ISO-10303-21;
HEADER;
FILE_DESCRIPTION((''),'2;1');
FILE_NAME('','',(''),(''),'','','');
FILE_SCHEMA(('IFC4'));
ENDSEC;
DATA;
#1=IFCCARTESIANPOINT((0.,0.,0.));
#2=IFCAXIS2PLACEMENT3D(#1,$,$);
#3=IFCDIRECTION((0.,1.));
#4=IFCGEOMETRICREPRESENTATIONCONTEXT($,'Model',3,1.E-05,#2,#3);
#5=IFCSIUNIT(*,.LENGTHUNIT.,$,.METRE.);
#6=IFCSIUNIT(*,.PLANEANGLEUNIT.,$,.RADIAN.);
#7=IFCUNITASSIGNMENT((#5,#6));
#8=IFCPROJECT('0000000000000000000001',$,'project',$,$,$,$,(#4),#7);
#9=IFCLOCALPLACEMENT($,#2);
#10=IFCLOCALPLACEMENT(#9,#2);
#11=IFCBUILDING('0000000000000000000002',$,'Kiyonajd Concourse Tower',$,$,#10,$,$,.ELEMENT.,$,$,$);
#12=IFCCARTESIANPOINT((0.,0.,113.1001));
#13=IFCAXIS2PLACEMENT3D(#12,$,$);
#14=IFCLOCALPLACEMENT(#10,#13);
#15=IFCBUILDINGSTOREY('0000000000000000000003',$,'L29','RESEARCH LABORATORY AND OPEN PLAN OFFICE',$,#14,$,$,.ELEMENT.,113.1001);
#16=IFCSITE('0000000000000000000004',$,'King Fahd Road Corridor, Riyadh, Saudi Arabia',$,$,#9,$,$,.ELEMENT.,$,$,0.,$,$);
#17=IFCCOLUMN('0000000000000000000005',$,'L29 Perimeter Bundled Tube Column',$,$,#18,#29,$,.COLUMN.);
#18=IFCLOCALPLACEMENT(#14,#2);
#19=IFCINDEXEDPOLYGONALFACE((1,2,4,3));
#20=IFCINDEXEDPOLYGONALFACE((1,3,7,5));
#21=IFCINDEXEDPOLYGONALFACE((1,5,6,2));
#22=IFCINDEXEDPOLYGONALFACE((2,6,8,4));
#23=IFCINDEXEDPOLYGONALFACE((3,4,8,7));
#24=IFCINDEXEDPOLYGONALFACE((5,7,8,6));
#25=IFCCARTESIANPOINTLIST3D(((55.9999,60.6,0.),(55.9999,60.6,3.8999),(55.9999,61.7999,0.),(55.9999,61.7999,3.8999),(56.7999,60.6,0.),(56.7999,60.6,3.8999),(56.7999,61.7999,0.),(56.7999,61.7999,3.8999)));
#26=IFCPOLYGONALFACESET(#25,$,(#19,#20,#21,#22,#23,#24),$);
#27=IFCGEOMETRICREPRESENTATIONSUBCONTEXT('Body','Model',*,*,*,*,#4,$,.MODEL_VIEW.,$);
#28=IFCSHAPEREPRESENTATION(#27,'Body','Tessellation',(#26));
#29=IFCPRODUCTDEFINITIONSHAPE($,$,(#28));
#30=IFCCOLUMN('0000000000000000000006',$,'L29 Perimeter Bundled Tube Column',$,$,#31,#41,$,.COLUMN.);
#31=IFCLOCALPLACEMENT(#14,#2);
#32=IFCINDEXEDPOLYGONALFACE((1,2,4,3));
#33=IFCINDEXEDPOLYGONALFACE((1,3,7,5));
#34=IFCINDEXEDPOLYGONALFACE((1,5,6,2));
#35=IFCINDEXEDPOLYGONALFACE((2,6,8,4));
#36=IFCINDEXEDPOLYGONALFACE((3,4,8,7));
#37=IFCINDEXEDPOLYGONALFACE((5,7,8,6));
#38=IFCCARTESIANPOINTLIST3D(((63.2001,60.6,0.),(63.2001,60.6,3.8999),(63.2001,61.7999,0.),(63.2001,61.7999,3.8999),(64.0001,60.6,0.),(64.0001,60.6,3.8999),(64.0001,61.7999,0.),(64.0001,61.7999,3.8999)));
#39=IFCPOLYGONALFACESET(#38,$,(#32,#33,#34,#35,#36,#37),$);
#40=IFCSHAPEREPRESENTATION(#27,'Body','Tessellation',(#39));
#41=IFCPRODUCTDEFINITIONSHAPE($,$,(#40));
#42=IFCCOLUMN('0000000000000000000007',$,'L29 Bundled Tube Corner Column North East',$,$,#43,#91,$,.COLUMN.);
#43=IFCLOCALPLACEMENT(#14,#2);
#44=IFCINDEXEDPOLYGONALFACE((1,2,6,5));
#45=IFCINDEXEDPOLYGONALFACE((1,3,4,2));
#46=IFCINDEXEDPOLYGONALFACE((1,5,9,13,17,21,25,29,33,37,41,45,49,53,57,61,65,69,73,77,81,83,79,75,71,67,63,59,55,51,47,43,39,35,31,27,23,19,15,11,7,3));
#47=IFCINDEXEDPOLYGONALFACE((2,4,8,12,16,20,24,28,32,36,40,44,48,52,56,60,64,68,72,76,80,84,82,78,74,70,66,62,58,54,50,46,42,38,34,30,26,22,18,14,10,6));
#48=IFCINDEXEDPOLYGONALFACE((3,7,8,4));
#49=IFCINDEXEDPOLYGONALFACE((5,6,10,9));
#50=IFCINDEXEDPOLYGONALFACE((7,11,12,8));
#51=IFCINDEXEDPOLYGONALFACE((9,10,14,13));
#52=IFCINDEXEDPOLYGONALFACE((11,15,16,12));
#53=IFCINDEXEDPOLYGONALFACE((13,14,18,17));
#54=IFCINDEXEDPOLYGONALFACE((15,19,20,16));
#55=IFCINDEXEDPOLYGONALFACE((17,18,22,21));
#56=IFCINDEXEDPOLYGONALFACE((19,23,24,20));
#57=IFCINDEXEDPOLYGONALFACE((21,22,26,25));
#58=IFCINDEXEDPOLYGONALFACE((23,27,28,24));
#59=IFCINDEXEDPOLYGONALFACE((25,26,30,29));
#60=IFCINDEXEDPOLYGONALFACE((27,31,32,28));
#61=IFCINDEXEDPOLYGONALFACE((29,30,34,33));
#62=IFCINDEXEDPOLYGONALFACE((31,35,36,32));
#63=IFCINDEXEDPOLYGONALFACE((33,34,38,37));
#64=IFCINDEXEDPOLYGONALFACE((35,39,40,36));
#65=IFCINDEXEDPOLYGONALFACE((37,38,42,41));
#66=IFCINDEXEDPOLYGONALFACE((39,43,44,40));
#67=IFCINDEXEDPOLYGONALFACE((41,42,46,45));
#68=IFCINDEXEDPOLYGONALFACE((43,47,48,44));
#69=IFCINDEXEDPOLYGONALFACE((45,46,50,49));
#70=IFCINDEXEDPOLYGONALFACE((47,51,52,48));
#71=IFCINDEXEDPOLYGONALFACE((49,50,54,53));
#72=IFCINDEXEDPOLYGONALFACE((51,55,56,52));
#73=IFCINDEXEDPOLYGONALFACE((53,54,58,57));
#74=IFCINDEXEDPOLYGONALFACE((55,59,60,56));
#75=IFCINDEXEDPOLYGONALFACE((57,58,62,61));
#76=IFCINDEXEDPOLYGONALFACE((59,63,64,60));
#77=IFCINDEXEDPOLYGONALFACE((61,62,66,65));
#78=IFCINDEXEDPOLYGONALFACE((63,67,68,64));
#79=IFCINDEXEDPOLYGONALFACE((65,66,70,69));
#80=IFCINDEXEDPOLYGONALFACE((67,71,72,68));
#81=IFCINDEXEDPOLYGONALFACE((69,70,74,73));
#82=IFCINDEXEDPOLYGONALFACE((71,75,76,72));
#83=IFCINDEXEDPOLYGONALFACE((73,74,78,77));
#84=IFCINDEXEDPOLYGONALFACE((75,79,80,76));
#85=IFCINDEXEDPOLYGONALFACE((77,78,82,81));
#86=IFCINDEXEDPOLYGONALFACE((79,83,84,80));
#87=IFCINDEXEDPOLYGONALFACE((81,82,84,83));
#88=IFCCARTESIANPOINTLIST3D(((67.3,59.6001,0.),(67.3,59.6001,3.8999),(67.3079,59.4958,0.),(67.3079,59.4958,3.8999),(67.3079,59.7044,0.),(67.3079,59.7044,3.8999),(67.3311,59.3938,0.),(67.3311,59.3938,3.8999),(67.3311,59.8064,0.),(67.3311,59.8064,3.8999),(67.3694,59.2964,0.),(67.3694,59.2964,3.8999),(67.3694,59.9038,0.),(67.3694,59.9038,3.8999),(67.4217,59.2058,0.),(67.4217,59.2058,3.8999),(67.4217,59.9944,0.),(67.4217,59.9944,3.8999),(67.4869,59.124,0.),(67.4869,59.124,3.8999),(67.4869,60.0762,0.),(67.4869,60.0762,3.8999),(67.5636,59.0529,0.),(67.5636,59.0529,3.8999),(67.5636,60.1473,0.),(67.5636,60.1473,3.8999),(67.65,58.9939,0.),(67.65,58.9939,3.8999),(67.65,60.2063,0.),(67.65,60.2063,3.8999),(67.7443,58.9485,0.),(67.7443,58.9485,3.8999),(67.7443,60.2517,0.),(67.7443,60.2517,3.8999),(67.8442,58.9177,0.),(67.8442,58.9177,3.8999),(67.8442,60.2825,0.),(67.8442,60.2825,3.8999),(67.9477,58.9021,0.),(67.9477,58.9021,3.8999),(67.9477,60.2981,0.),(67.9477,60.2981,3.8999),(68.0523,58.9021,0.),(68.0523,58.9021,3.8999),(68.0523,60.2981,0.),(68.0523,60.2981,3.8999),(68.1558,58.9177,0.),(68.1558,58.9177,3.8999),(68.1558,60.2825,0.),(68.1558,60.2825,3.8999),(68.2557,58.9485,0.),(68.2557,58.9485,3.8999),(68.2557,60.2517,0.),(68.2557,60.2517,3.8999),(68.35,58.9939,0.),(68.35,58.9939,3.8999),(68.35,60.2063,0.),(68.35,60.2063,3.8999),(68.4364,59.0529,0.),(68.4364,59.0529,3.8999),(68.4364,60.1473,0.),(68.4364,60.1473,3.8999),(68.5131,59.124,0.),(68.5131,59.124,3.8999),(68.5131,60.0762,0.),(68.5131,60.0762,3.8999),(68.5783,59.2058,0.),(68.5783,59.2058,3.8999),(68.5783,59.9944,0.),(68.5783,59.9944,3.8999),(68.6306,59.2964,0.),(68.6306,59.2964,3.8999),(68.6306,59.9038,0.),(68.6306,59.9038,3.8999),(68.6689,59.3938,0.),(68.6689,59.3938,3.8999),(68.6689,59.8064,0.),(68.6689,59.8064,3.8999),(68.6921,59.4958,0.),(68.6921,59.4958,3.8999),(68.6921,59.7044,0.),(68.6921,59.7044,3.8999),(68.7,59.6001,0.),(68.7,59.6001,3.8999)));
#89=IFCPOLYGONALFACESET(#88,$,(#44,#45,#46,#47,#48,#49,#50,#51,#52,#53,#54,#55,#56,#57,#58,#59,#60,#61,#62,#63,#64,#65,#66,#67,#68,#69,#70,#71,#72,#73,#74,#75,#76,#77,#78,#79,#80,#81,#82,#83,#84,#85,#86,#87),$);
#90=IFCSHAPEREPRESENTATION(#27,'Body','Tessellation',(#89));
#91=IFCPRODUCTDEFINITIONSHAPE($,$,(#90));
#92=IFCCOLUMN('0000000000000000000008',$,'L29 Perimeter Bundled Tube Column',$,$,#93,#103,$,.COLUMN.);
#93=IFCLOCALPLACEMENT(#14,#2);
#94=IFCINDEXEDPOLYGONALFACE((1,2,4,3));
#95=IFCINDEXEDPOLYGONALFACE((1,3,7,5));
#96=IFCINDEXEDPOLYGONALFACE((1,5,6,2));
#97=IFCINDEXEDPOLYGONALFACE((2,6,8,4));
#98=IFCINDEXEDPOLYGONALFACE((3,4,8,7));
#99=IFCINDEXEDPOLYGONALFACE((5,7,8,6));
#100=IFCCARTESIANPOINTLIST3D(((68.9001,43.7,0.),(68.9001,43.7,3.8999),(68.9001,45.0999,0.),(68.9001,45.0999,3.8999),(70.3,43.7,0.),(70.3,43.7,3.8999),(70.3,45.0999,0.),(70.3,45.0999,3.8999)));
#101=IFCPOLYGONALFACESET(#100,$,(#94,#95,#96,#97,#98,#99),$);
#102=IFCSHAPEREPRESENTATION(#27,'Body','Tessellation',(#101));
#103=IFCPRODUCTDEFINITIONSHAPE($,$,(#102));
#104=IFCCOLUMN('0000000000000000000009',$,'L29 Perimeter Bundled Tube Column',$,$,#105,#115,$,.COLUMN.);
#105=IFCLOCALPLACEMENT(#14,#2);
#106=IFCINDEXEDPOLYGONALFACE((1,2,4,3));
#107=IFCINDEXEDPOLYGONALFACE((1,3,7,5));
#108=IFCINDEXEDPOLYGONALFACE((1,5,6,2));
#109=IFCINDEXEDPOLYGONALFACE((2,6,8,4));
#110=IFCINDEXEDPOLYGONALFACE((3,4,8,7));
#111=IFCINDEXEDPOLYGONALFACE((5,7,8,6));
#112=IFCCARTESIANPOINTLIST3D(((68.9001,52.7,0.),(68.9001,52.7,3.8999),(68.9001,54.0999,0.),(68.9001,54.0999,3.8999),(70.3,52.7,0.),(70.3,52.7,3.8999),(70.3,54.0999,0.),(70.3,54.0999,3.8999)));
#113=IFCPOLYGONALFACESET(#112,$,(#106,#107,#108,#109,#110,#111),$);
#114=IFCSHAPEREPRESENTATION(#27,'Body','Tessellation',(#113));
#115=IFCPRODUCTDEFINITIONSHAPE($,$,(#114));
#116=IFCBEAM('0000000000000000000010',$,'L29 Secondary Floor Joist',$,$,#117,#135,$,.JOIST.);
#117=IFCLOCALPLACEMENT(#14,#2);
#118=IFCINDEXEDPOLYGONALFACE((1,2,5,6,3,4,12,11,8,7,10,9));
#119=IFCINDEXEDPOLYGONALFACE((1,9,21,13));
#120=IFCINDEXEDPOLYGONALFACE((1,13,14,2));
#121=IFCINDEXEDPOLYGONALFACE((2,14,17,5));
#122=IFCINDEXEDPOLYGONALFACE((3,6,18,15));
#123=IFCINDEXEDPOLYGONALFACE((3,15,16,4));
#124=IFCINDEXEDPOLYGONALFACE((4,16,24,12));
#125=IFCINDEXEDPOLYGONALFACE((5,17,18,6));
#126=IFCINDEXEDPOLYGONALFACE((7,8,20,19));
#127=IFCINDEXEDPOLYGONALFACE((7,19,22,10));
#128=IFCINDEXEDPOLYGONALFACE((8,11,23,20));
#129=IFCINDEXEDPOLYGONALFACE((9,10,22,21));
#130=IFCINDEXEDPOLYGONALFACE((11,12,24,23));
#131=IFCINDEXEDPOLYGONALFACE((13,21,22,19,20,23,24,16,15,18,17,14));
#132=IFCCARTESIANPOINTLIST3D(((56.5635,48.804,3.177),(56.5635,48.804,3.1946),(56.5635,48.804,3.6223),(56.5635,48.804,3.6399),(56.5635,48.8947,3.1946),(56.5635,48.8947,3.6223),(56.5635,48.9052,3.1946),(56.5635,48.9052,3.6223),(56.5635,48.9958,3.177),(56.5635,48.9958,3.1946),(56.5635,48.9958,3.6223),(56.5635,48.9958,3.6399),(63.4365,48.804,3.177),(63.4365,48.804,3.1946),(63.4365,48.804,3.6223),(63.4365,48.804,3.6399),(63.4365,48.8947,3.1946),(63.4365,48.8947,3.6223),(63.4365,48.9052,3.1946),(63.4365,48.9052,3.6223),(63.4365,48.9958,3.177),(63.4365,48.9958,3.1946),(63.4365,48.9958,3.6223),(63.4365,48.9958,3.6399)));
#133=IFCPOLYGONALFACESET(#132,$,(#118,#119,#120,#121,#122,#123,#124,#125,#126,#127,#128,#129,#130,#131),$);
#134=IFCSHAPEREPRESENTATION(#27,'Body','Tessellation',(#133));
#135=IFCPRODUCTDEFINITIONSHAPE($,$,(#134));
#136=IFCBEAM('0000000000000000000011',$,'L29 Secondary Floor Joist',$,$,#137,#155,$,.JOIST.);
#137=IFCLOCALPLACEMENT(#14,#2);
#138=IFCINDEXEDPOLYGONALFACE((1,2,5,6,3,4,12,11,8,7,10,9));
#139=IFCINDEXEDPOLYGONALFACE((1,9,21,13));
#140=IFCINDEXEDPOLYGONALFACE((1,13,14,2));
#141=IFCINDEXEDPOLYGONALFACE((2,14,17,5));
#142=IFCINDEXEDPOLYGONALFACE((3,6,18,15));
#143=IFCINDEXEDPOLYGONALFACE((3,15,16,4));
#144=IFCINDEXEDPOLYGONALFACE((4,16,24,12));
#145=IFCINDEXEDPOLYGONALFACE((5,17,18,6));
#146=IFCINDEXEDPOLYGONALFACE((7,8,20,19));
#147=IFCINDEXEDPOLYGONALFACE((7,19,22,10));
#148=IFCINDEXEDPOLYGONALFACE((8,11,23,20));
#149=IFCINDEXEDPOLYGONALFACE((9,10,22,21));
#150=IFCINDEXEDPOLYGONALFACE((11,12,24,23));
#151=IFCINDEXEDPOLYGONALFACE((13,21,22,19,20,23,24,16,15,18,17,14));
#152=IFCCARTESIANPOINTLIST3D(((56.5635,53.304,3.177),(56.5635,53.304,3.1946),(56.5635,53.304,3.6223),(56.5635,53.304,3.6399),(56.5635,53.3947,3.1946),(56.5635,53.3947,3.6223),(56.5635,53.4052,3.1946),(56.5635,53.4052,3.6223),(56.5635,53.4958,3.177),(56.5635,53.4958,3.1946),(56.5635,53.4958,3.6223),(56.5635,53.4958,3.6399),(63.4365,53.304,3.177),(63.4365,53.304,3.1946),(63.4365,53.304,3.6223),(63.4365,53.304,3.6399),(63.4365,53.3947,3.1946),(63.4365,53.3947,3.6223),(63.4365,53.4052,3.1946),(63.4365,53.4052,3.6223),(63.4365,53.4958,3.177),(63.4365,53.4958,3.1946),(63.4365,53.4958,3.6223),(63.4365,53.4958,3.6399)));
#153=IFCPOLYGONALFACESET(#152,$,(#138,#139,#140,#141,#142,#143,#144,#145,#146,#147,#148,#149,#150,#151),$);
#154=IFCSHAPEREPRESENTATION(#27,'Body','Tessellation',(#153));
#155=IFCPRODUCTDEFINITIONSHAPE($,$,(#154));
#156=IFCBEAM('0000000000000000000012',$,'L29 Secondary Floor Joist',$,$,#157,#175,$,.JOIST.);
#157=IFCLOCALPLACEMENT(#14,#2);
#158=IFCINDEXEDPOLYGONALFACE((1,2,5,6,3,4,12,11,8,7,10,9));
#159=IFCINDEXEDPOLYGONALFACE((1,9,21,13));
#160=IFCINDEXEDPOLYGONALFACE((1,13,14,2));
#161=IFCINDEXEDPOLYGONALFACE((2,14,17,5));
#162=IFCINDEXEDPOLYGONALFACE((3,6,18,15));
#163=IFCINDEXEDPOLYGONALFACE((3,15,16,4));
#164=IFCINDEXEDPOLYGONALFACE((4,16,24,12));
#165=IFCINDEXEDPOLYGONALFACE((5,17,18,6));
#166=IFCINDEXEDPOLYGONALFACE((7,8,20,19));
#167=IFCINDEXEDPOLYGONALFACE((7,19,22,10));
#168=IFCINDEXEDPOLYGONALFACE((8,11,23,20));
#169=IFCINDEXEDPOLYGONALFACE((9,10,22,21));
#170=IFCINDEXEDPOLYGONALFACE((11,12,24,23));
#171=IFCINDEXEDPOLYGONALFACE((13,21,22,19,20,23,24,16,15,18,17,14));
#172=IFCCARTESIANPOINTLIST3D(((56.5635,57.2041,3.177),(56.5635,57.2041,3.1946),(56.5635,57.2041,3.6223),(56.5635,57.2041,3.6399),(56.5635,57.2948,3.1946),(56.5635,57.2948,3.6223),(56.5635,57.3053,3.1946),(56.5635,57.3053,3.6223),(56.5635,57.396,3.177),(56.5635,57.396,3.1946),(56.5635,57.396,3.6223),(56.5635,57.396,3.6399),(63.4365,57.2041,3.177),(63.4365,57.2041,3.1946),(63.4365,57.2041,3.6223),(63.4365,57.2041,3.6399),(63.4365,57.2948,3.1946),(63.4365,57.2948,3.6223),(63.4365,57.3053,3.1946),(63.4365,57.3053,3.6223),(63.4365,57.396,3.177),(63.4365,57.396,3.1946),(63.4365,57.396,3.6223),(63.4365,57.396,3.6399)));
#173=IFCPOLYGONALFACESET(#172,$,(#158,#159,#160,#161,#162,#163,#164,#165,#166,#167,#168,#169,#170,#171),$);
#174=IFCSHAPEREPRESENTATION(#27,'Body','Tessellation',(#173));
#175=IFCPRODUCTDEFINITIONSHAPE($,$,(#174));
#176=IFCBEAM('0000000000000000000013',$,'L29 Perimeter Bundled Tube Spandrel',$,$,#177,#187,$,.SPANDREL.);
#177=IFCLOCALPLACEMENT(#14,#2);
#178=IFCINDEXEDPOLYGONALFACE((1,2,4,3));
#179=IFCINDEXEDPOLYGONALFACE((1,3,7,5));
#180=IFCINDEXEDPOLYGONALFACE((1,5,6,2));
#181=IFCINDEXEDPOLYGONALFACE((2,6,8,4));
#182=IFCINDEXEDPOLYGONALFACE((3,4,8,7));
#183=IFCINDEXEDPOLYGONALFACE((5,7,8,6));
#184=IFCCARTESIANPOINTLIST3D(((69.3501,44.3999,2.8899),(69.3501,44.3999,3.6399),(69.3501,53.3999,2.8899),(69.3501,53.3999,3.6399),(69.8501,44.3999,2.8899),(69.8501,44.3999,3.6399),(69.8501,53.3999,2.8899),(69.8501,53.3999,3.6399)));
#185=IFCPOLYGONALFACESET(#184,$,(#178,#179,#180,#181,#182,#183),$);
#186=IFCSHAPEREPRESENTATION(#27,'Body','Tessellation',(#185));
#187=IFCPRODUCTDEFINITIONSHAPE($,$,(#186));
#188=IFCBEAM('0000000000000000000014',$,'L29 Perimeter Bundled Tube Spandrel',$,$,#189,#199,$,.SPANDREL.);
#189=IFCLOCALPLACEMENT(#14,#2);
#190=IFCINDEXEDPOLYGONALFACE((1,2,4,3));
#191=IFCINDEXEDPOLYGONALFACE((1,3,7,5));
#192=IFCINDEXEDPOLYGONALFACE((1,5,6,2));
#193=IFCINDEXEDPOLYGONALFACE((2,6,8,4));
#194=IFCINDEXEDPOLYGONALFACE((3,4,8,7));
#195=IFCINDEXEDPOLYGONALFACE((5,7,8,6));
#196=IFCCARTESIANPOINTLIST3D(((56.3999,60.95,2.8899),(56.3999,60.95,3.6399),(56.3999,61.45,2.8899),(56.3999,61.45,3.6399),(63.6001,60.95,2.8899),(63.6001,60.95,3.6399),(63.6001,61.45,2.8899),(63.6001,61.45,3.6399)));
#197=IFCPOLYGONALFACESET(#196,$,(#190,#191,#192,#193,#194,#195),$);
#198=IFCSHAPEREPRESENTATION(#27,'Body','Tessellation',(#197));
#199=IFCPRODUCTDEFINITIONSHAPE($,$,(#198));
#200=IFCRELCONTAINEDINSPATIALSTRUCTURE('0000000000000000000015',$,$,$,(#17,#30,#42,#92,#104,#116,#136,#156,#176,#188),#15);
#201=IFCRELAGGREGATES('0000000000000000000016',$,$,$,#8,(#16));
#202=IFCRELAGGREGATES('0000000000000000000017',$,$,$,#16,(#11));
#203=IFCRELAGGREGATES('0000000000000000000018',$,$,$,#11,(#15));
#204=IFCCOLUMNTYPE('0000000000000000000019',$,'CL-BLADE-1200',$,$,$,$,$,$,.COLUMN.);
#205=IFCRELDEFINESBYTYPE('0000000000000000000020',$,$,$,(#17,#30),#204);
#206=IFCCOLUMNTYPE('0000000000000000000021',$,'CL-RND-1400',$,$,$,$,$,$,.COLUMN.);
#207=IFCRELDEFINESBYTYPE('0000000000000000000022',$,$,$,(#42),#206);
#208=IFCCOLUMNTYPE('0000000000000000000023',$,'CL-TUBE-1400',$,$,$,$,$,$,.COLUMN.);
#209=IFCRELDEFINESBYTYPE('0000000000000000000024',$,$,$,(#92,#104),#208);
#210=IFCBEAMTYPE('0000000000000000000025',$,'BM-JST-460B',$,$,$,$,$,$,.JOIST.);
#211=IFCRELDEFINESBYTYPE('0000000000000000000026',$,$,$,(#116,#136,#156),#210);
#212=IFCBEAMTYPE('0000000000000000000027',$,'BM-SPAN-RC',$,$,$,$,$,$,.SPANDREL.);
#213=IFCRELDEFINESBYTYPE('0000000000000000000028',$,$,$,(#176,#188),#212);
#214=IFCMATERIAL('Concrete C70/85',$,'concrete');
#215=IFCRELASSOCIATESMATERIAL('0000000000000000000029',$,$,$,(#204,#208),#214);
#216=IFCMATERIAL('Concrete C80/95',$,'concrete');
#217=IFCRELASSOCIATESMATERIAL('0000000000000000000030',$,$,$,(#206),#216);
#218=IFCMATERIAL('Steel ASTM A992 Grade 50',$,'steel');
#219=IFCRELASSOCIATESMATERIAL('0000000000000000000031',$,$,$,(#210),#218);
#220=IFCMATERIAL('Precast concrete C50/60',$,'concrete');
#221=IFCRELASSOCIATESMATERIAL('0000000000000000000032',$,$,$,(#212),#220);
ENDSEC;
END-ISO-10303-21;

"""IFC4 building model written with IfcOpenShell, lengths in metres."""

from ifc_helpers import new_model, si_unit, direction, frame, origin, origin_2d, place, context, subcontext, project, spatial, rectangle, circle, i_section, extrude, material, material_profile, profile_set, type_object, element, save


model = new_model("IFC4")

# Units and contexts
model_context = context("Model", 3, precision=1e-05, world=origin(), true_north=direction((0.0, 1.0)))
body_context = subcontext(model_context, "Body", "Model", "MODEL_VIEW")
ifc_project = project(units=[si_unit("LENGTHUNIT", "METRE"), si_unit("PLANEANGLEUNIT", "RADIAN")], contexts=[model_context])

# Site, building, storey
site_placement = place(None, origin())
site = spatial("IfcSite", under=ifc_project, at=site_placement, Name="King Fahd Road Corridor, Riyadh, Saudi Arabia", CompositionType="ELEMENT", RefElevation=0.0)
building_placement = place(site_placement, origin())
building = spatial("IfcBuilding", under=site, at=building_placement, Name="Kiyonajd Concourse Tower", CompositionType="ELEMENT")
storey_placement = place(building_placement, frame((0.0, 0.0, 113.1001)))
storey = spatial("IfcBuildingStorey", under=building, at=storey_placement, Name="L29", Description="RESEARCH LABORATORY AND OPEN PLAN OFFICE", CompositionType="ELEMENT", Elevation=113.1001)

# Columns
ifc_material_1 = material(Name="Concrete C70/85", Category="concrete")
ifc_material_profile_1 = material_profile(ifc_material_1, rectangle(XDim=0.8, YDim=1.2, at=origin_2d()), Name="RC-1200x800")
ifc_profile_set_1 = profile_set([ifc_material_profile_1], Name="Concrete C70/85")
column_type_1 = type_object("IfcColumnType", Name="CL-BLADE-1200", PredefinedType="COLUMN", material=ifc_profile_set_1)
for number, where, z_axis, x_axis, name in (
    (1, (56.3999, 61.2, 0.0), (0.0, 0.0, 1.0), (1.0, 0.0, 0.0), "L29 Perimeter Bundled Tube Column"),
    (2, (63.6001, 61.2, 0.0), (0.0, 0.0, 1.0), (1.0, 0.0, 0.0), "L29 Perimeter Bundled Tube Column"),
):
    element("IfcColumn", number, at=place(storey_placement, frame(where, z_axis=z_axis, x_axis=x_axis)), inside=storey, type_object=column_type_1, Name=name, PredefinedType="COLUMN", context=body_context, shape_type="SweptSolid", body=[
        extrude(rectangle(XDim=0.8, YDim=1.2, at=origin_2d()), origin(), (0.0, 0.0, 1.0), 3.8999),
    ])
ifc_material_2 = material(Name="Concrete C80/95", Category="concrete")
ifc_material_profile_2 = material_profile(ifc_material_2, circle(Radius=0.7, at=origin_2d()), Name="RCC-D1400")
ifc_profile_set_2 = profile_set([ifc_material_profile_2], Name="Concrete C80/95")
column_type_2 = type_object("IfcColumnType", Name="CL-RND-1400", PredefinedType="COLUMN", material=ifc_profile_set_2)
column_placement = place(storey_placement, frame((68.0, 59.6001, 0.0), z_axis=(0.0, 0.0, 1.0), x_axis=(1.0, 0.0, 0.0)))
element("IfcColumn", 3, at=column_placement, inside=storey, type_object=column_type_2, Name="L29 Bundled Tube Corner Column North East", PredefinedType="COLUMN", context=body_context, shape_type="SweptSolid", body=[
    extrude(circle(Radius=0.7, at=origin_2d()), origin(), (0.0, 0.0, 1.0), 3.8999),
])
ifc_material_profile_3 = material_profile(ifc_material_1, rectangle(XDim=1.3999, YDim=1.3999, at=origin_2d()), Name="RC-1400x1400")
ifc_profile_set_3 = profile_set([ifc_material_profile_3], Name="Concrete C70/85")
column_type_3 = type_object("IfcColumnType", Name="CL-TUBE-1400", PredefinedType="COLUMN", material=ifc_profile_set_3)
for number, where, z_axis, x_axis, name in (
    (4, (69.6001, 44.3999, 0.0), (0.0, 0.0, 1.0), (1.0, 0.0, 0.0), "L29 Perimeter Bundled Tube Column"),
    (5, (69.6001, 53.3999, 0.0), (0.0, 0.0, 1.0), (1.0, 0.0, 0.0), "L29 Perimeter Bundled Tube Column"),
):
    element("IfcColumn", number, at=place(storey_placement, frame(where, z_axis=z_axis, x_axis=x_axis)), inside=storey, type_object=column_type_3, Name=name, PredefinedType="COLUMN", context=body_context, shape_type="SweptSolid", body=[
        extrude(rectangle(XDim=1.3999, YDim=1.3999, at=origin_2d()), origin(), (0.0, 0.0, 1.0), 3.8999),
    ])

# Beams
ifc_material_3 = material(Name="Steel ASTM A992 Grade 50", Category="steel")
ifc_material_profile_4 = material_profile(ifc_material_3, i_section(OverallWidth=0.1919, OverallDepth=0.4629, WebThickness=0.0105, FlangeThickness=0.0176, at=origin_2d()), Name="W460X89")
ifc_profile_set_4 = profile_set([ifc_material_profile_4], Name="Steel ASTM A992 Grade 50")
beam_type_1 = type_object("IfcBeamType", Name="BM-JST-460B", PredefinedType="JOIST", material=ifc_profile_set_4)
for number, where, z_axis, x_axis, name in (
    (6, (56.5635, 48.8999, 3.4084), (1.0, 0.0, 0.0), (0.0, 1.0, 0.0), "L29 Secondary Floor Joist"),
    (7, (56.5635, 53.3999, 3.4084), (1.0, 0.0, 0.0), (0.0, 1.0, 0.0), "L29 Secondary Floor Joist"),
    (8, (56.5635, 57.3, 3.4084), (1.0, 0.0, 0.0), (0.0, 1.0, 0.0), "L29 Secondary Floor Joist"),
):
    element("IfcBeam", number, at=place(storey_placement, frame(where, z_axis=z_axis, x_axis=x_axis)), inside=storey, type_object=beam_type_1, Name=name, PredefinedType="JOIST", context=body_context, shape_type="SweptSolid", body=[
        extrude(i_section(OverallWidth=0.1919, OverallDepth=0.4629, WebThickness=0.0105, FlangeThickness=0.0176, at=origin_2d()), origin(), (0.0, 0.0, 1.0), 6.873),
    ])
ifc_material_4 = material(Name="Precast concrete C50/60", Category="concrete")
ifc_material_profile_5 = material_profile(ifc_material_4, rectangle(XDim=0.5, YDim=0.75, at=origin_2d()), Name="RCBM-500x750")
ifc_profile_set_5 = profile_set([ifc_material_profile_5], Name="Precast concrete C50/60")
beam_type_2 = type_object("IfcBeamType", Name="BM-SPAN-RC", PredefinedType="SPANDREL", material=ifc_profile_set_5)
beam_1_placement = place(storey_placement, frame((69.6001, 44.3999, 3.2649), z_axis=(0.0, 1.0, 0.0), x_axis=(-1.0, 0.0, 0.0)))
element("IfcBeam", 9, at=beam_1_placement, inside=storey, type_object=beam_type_2, Name="L29 Perimeter Bundled Tube Spandrel", PredefinedType="SPANDREL", context=body_context, shape_type="SweptSolid", body=[
    extrude(rectangle(XDim=0.5, YDim=0.75, at=origin_2d()), origin(), (0.0, 0.0, 1.0), 9.0),
])
beam_2_placement = place(storey_placement, frame((63.6001, 61.2, 3.2649), z_axis=(-1.0, 0.0, 0.0), x_axis=(0.0, -1.0, 0.0)))
element("IfcBeam", 10, at=beam_2_placement, inside=storey, type_object=beam_type_2, Name="L29 Perimeter Bundled Tube Spandrel", PredefinedType="SPANDREL", context=body_context, shape_type="SweptSolid", body=[
    extrude(rectangle(XDim=0.5, YDim=0.75, at=origin_2d()), origin(), (0.0, 0.0, 1.0), 7.2002),
])

save(model, "model.ifc")
